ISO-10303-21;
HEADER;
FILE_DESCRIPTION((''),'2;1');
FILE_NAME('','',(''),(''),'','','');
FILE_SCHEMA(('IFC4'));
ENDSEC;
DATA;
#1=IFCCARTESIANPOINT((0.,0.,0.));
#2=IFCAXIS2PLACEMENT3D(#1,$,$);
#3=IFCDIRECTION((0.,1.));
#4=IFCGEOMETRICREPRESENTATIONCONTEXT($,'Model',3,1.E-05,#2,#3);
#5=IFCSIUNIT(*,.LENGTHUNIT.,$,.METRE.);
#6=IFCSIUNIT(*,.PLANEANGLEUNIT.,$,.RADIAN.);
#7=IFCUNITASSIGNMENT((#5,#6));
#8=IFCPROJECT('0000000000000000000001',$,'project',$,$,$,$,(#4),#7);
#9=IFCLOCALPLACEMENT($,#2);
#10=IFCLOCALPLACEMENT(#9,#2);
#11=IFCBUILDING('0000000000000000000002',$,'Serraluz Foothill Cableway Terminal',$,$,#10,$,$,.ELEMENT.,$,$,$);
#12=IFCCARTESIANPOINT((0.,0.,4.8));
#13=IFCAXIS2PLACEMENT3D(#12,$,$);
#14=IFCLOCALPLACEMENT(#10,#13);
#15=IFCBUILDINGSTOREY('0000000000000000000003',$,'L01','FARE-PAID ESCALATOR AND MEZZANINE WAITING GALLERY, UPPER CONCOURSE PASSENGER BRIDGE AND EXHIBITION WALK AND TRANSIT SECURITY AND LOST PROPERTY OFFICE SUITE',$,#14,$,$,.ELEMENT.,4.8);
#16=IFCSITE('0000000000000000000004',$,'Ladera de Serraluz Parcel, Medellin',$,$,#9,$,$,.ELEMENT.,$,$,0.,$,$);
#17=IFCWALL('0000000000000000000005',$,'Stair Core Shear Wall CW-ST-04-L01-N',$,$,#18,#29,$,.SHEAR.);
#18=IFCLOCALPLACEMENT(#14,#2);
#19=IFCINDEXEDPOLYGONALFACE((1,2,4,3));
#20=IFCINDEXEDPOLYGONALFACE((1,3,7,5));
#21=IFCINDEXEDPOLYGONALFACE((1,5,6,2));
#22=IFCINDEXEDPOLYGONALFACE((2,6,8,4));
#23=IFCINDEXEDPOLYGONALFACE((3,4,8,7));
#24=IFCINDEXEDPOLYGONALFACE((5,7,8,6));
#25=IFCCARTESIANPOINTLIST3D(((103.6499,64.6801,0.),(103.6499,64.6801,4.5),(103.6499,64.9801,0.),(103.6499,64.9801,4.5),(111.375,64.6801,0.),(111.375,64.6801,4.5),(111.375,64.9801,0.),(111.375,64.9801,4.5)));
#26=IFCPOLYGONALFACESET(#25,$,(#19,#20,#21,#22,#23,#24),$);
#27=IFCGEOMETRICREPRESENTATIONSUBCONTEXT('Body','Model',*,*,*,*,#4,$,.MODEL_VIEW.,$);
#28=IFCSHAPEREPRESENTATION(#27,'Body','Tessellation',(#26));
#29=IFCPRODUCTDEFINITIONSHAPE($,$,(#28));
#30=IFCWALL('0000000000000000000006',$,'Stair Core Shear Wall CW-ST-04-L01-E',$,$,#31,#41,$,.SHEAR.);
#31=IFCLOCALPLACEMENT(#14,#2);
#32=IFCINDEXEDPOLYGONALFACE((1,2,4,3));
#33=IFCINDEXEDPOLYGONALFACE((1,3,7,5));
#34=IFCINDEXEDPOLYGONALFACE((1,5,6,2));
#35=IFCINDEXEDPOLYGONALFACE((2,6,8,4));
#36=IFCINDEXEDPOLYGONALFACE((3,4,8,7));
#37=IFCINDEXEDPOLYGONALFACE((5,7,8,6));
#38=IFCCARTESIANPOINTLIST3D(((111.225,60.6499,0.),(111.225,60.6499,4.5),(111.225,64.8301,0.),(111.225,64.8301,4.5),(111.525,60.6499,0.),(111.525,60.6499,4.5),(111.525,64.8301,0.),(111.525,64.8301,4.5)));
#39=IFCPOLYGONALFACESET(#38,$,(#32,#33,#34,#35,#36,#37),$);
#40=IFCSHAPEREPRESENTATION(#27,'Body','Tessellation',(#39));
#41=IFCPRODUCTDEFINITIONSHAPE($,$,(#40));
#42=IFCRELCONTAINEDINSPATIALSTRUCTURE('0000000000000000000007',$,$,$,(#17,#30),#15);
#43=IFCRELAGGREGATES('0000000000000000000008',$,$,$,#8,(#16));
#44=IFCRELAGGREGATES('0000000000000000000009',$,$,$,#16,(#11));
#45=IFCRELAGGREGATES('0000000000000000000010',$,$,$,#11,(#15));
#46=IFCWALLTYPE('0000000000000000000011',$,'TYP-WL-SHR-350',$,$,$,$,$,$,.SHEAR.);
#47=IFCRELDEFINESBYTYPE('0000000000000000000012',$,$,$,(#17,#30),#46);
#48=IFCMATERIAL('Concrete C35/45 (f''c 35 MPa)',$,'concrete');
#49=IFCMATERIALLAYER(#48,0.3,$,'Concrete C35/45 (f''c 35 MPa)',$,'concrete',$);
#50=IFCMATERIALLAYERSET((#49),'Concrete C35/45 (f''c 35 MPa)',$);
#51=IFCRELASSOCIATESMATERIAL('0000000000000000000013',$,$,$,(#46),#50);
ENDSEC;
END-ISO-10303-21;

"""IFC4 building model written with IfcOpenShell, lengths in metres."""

from ifc_helpers import new_model, si_unit, direction, frame, frame_2d, origin, place, context, subcontext, project, spatial, rectangle, extrude, material, layer, layer_set, type_object, element, save


model = new_model("IFC4")

# Units and contexts
model_context = context("Model", 3, precision=1e-05, world=origin(), true_north=direction((0.0, 1.0)))
body_context = subcontext(model_context, "Body", "Model", "MODEL_VIEW")
ifc_project = project(units=[si_unit("LENGTHUNIT", "METRE"), si_unit("PLANEANGLEUNIT", "RADIAN")], contexts=[model_context])

# Site, building, storey
site_placement = place(None, origin())
site = spatial("IfcSite", under=ifc_project, at=site_placement, Name="Ladera de Serraluz Parcel, Medellin", CompositionType="ELEMENT", RefElevation=0.0)
building_placement = place(site_placement, origin())
building = spatial("IfcBuilding", under=site, at=building_placement, Name="Serraluz Foothill Cableway Terminal", CompositionType="ELEMENT")
storey_placement = place(building_placement, frame((0.0, 0.0, 4.8)))
storey = spatial("IfcBuildingStorey", under=building, at=storey_placement, Name="L01", Description="FARE-PAID ESCALATOR AND MEZZANINE WAITING GALLERY, UPPER CONCOURSE PASSENGER BRIDGE AND EXHIBITION WALK AND TRANSIT SECURITY AND LOST PROPERTY OFFICE SUITE", CompositionType="ELEMENT", Elevation=4.8)

# Shared definitions
ifc_material_1 = material(Name="Concrete C35/45 (f'c 35 MPa)", Category="concrete")

# Walls
ifc_layer_1 = layer(ifc_material_1, 0.3, Name="Concrete C35/45 (f'c 35 MPa)", Category="concrete")
ifc_layer_set_1 = layer_set([ifc_layer_1], Name="Concrete C35/45 (f'c 35 MPa)")
wall_type_1 = type_object("IfcWallType", Name="TYP-WL-SHR-350", PredefinedType="SHEAR", material=ifc_layer_set_1)
wall_1_placement = place(storey_placement, frame((103.6499, 64.8301, 0.0), z_axis=(0.0, 0.0, 1.0), x_axis=(1.0, 0.0, 0.0)))
element("IfcWall", 1, at=wall_1_placement, inside=storey, type_object=wall_type_1, Name="Stair Core Shear Wall CW-ST-04-L01-N", PredefinedType="SHEAR", context=body_context, shape_type="SweptSolid", body=[
    extrude(rectangle(XDim=7.7251, YDim=0.3, at=frame_2d((3.8625, 0.0))), origin(), (0.0, 0.0, 1.0), 4.5),
])
wall_2_placement = place(storey_placement, frame((111.375, 64.8301, 0.0), z_axis=(0.0, 0.0, 1.0), x_axis=(0.0, -1.0, 0.0)))
element("IfcWall", 2, at=wall_2_placement, inside=storey, type_object=wall_type_1, Name="Stair Core Shear Wall CW-ST-04-L01-E", PredefinedType="SHEAR", context=body_context, shape_type="SweptSolid", body=[
    extrude(rectangle(XDim=4.1802, YDim=0.3, at=frame_2d((2.0901, 0.0))), origin(), (0.0, 0.0, 1.0), 4.5),
])

save(model, "model.ifc")
